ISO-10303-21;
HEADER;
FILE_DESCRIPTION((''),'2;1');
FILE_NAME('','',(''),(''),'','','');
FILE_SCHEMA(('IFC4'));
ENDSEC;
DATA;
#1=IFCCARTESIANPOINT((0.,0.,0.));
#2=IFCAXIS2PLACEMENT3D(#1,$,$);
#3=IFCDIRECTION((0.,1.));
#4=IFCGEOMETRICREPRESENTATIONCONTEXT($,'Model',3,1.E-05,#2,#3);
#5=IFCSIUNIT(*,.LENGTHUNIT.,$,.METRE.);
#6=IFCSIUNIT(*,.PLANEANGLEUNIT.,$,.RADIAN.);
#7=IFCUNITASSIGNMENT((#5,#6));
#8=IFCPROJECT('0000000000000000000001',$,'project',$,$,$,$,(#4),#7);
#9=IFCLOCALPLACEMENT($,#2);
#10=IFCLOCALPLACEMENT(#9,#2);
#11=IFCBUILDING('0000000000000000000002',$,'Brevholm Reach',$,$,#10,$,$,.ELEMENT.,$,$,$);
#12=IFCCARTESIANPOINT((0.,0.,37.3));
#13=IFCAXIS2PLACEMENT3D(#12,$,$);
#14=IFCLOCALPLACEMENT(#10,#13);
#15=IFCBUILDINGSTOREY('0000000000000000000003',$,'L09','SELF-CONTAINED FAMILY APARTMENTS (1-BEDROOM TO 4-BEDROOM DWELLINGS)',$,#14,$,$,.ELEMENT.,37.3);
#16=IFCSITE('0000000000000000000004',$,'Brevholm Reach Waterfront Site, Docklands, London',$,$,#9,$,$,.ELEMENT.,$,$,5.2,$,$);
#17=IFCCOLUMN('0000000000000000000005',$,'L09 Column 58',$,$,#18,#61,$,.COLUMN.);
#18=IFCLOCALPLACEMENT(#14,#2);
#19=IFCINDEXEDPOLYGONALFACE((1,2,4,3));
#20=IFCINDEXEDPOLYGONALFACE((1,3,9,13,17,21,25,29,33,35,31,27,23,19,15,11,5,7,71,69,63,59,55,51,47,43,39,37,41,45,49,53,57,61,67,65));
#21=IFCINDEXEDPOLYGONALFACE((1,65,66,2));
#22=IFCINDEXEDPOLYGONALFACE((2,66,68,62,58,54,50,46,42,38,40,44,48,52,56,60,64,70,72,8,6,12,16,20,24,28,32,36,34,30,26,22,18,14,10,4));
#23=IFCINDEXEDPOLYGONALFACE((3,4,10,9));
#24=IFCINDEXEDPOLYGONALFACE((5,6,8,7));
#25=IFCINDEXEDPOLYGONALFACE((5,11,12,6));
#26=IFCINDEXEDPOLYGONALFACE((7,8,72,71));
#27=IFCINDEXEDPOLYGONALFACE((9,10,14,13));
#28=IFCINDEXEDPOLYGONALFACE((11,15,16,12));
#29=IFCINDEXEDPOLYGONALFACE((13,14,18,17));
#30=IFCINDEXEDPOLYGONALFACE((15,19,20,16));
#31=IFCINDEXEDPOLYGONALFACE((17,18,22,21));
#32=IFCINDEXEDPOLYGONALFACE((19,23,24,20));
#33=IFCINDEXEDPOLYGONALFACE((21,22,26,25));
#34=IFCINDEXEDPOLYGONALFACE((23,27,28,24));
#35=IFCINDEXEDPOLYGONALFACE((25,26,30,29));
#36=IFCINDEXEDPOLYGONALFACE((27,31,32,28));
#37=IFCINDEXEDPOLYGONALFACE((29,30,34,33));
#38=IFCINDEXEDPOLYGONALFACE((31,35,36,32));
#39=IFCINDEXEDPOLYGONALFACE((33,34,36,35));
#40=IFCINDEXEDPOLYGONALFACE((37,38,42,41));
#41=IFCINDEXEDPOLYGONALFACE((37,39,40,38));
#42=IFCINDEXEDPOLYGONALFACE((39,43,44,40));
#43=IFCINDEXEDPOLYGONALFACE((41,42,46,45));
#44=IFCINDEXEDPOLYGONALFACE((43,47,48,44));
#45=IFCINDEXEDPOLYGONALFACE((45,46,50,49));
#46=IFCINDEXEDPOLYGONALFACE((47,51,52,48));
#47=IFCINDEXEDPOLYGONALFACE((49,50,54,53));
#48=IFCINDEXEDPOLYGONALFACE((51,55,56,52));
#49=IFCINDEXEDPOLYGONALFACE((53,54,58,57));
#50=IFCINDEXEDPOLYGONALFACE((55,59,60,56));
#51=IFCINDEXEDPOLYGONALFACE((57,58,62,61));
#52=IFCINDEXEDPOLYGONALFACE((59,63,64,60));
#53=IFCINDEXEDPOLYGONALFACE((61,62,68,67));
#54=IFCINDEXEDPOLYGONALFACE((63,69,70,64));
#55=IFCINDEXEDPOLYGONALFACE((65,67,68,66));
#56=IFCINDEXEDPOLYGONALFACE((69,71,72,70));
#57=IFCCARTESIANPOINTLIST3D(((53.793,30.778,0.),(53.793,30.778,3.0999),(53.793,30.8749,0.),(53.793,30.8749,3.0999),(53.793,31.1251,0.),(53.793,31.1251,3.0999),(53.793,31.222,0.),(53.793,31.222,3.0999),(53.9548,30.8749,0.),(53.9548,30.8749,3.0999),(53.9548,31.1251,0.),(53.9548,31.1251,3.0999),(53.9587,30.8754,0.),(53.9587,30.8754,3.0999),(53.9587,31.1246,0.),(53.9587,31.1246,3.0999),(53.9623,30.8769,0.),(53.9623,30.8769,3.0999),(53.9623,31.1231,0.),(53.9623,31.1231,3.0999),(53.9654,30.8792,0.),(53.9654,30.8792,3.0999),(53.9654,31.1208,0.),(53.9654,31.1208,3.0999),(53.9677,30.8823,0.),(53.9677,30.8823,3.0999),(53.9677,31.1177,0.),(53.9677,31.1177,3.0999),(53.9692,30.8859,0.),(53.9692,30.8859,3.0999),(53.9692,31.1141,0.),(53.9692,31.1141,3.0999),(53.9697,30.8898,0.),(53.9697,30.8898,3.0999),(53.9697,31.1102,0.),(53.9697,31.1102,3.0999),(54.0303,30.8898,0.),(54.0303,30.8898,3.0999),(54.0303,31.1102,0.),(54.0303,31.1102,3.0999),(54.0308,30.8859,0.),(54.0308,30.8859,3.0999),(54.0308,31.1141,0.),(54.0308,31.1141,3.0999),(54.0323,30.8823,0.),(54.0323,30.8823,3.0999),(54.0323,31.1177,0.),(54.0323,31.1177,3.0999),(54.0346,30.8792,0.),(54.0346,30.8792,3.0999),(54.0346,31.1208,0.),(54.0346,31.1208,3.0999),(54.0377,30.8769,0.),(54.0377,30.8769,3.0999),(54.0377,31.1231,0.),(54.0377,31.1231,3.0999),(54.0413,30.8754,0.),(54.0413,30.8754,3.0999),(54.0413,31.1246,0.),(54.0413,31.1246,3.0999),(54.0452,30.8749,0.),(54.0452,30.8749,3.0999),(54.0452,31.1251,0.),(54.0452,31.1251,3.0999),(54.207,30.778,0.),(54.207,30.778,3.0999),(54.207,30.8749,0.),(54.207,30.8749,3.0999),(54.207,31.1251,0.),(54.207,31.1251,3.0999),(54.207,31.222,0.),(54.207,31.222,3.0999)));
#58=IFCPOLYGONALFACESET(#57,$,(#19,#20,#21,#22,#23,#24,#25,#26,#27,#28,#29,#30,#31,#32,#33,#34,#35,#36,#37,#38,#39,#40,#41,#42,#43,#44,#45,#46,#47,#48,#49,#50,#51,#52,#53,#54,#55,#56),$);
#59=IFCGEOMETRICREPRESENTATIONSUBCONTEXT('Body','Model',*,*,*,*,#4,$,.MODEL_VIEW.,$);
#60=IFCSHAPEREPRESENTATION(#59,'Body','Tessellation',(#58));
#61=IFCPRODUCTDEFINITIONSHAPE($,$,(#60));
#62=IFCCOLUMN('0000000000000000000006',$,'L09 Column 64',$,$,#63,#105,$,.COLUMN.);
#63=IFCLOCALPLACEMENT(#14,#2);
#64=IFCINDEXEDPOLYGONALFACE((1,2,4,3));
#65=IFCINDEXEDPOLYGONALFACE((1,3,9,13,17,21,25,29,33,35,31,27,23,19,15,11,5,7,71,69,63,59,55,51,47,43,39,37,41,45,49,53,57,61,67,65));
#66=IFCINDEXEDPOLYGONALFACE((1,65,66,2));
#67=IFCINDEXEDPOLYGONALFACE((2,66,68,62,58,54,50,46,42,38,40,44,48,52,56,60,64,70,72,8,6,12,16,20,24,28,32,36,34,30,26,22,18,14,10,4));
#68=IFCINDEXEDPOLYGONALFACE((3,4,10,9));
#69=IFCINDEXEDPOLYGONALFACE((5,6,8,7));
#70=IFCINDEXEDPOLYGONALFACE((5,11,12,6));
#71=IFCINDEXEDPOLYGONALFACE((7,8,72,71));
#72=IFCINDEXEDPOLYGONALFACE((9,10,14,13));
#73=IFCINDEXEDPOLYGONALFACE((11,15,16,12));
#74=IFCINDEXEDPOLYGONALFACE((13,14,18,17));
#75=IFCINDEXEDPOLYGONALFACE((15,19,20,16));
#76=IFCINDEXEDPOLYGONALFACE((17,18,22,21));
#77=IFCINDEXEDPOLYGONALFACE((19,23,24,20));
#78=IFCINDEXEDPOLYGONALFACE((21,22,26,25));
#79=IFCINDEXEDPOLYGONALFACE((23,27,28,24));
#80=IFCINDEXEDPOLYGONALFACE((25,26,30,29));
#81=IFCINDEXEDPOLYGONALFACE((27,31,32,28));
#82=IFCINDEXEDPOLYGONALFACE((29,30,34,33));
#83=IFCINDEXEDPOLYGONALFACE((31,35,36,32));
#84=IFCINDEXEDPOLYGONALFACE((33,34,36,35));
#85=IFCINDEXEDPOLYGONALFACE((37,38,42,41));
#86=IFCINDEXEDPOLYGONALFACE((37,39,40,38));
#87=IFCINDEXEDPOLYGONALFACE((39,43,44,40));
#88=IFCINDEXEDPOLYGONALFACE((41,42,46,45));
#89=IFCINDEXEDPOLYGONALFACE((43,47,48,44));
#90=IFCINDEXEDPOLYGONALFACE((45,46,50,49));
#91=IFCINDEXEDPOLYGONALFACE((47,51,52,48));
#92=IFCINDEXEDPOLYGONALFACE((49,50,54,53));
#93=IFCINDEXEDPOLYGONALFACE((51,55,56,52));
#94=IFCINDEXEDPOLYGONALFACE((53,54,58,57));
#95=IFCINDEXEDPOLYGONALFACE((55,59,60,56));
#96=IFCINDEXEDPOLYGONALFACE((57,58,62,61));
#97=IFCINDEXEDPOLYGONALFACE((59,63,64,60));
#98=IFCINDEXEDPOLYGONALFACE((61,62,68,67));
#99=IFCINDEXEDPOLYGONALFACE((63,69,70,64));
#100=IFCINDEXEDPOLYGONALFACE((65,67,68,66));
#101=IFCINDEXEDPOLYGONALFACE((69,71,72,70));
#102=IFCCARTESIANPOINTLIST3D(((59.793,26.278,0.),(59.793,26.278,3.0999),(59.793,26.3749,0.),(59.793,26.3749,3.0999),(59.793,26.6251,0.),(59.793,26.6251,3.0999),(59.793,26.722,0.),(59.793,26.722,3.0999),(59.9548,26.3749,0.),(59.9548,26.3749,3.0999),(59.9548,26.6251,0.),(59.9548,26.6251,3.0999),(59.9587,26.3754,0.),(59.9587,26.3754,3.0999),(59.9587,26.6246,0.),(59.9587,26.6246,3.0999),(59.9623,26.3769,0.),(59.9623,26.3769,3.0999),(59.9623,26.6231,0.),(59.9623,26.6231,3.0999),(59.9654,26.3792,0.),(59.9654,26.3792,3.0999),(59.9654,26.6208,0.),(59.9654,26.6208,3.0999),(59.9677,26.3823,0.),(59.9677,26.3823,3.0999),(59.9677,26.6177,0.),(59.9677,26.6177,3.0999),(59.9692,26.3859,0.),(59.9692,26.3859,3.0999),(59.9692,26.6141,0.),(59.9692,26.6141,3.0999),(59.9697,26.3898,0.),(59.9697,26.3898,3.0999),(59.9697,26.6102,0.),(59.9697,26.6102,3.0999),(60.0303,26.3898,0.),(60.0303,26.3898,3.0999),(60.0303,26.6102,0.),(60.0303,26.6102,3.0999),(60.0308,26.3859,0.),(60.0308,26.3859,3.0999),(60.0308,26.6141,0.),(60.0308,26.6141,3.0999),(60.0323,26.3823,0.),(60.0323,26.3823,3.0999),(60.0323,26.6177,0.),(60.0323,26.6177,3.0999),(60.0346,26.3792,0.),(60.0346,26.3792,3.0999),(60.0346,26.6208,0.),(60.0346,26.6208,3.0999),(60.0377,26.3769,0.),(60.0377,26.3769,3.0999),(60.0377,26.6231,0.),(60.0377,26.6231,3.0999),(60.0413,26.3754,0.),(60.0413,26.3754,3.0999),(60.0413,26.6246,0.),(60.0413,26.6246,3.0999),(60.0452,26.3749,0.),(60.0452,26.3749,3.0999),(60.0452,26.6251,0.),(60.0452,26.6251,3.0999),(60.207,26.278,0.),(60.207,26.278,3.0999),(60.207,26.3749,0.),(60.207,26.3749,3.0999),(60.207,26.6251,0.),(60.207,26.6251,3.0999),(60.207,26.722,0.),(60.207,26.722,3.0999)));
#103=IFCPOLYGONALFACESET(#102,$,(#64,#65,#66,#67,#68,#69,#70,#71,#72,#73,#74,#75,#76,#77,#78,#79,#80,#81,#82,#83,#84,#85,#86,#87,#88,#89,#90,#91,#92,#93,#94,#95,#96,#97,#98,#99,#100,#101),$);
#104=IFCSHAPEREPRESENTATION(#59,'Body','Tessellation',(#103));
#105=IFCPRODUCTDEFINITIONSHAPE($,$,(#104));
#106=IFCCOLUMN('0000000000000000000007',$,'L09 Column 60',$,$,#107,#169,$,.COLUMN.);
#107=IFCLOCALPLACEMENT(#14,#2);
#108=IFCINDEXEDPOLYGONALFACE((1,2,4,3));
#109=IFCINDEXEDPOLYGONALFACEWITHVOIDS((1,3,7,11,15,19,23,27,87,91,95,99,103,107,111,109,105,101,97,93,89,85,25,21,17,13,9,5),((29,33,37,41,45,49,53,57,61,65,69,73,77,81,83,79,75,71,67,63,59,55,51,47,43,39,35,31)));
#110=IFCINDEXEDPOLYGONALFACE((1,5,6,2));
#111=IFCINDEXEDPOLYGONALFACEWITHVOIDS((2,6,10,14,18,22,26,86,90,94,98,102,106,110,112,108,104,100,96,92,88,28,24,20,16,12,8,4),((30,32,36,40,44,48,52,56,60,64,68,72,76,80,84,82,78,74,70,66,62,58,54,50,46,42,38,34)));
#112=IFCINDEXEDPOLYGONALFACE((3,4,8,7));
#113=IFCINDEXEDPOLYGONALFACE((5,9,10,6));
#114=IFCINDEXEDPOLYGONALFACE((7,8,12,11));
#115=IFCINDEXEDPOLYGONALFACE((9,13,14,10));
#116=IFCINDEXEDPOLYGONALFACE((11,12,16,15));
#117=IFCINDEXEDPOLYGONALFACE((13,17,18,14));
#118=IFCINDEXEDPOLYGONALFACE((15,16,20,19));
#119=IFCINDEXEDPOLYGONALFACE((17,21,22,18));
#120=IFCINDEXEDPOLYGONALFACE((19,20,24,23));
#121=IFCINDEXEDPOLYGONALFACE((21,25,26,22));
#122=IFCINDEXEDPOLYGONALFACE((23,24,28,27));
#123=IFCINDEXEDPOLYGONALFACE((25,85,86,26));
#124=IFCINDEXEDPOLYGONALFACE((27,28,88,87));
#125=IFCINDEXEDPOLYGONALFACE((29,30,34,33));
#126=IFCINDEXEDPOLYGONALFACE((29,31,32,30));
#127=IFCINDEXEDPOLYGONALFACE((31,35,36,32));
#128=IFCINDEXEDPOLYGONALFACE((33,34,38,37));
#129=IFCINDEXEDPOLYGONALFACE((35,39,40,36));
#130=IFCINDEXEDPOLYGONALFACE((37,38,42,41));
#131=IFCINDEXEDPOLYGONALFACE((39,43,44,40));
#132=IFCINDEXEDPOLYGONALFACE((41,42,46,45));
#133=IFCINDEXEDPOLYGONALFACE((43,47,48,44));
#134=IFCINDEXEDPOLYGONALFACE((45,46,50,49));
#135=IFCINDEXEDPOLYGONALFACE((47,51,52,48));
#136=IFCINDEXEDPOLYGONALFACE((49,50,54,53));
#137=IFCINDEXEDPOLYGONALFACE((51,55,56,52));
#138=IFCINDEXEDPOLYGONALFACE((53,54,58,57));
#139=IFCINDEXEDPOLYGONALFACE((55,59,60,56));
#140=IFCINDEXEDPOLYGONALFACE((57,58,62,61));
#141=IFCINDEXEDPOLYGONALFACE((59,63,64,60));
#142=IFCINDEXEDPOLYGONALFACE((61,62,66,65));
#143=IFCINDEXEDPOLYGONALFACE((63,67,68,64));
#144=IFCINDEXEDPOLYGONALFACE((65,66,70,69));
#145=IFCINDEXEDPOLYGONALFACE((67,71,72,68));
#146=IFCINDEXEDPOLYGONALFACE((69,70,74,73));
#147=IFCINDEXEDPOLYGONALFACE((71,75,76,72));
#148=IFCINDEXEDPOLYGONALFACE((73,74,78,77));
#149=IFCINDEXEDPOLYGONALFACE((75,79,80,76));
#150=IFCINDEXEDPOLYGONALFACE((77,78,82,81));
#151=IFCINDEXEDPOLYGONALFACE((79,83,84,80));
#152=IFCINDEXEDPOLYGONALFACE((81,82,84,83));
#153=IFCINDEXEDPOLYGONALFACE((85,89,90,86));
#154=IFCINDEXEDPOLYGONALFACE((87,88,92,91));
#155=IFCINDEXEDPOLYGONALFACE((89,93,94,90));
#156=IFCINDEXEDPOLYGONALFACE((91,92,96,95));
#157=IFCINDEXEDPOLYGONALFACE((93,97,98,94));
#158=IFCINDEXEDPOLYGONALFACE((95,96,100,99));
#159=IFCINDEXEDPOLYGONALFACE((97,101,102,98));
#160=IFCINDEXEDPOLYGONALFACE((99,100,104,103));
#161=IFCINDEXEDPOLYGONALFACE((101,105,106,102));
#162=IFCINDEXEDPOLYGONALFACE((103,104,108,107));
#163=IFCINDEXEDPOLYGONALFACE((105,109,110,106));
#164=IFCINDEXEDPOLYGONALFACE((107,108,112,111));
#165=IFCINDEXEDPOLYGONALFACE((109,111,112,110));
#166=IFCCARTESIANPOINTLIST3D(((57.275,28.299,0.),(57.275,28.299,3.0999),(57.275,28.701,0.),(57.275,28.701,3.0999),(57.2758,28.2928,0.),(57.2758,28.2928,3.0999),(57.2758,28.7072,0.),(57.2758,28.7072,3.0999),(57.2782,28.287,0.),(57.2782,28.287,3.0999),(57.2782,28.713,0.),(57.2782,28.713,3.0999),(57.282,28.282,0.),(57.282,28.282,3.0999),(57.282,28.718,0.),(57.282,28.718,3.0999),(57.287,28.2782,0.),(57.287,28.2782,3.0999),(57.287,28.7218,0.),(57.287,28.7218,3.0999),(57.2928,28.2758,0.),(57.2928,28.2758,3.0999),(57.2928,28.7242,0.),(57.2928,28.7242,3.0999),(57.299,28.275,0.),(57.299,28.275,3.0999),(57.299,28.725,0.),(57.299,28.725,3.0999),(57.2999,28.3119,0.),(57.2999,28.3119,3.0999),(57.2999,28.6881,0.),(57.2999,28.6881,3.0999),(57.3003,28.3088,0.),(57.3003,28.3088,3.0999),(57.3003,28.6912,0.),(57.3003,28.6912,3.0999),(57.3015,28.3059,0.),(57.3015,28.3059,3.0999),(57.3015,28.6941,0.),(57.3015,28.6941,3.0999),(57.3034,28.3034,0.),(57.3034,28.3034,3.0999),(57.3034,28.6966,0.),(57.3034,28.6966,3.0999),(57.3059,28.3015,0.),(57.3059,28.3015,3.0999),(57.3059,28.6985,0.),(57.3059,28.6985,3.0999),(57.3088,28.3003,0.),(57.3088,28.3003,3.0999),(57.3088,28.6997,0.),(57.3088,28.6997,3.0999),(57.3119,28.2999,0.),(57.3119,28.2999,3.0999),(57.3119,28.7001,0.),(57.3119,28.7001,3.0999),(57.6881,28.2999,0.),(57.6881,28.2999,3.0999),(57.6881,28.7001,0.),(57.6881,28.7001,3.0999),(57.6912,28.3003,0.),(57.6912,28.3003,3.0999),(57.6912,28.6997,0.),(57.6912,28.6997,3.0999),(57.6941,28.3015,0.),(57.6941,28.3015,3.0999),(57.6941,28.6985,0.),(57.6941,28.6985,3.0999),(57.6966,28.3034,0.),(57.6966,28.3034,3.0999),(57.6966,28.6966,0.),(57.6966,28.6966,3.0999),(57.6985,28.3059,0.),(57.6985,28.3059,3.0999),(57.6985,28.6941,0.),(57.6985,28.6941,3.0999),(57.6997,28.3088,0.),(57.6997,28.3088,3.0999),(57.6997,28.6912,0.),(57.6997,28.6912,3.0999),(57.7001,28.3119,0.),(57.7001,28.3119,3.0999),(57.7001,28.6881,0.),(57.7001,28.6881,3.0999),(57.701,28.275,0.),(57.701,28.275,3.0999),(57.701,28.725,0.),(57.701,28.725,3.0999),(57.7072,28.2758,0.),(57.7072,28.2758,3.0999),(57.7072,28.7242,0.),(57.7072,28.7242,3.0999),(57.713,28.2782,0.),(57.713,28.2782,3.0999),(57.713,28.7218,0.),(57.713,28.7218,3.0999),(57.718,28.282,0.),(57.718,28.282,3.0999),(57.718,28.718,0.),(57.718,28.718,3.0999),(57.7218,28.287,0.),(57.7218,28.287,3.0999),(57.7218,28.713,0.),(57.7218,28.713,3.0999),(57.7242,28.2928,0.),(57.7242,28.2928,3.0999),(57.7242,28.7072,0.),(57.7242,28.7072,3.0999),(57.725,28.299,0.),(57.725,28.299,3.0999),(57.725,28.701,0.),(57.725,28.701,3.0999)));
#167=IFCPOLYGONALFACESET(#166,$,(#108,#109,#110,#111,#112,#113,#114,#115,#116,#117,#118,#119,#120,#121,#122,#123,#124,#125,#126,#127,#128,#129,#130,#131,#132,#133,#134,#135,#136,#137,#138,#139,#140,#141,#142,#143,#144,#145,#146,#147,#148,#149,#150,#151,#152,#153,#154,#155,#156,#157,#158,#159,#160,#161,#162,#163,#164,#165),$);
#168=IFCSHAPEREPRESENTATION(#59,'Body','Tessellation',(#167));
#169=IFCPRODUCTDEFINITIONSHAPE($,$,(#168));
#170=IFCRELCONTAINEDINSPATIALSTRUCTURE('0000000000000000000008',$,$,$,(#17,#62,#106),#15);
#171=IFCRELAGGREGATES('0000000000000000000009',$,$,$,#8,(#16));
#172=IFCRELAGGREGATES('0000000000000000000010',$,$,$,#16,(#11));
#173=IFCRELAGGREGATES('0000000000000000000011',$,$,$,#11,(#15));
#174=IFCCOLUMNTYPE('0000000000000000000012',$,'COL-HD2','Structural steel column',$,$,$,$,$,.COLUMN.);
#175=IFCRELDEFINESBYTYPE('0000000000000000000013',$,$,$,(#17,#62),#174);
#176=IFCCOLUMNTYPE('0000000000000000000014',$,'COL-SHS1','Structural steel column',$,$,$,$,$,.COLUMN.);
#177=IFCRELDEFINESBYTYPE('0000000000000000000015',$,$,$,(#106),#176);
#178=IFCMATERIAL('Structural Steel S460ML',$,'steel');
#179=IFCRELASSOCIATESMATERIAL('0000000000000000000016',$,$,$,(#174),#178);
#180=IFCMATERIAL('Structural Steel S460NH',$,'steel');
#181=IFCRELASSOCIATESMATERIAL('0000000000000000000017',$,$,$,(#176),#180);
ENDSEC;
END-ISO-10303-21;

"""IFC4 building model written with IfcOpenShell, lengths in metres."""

from ifc_helpers import new_model, si_unit, direction, frame, origin, origin_2d, place, context, subcontext, project, spatial, hollow_rectangle, i_section, extrude, material, material_profile, profile_set, type_object, element, save


model = new_model("IFC4")

# Units and contexts
model_context = context("Model", 3, precision=1e-05, world=origin(), true_north=direction((0.0, 1.0)))
body_context = subcontext(model_context, "Body", "Model", "MODEL_VIEW")
ifc_project = project(units=[si_unit("LENGTHUNIT", "METRE"), si_unit("PLANEANGLEUNIT", "RADIAN")], contexts=[model_context])

# Site, building, storey
site_placement = place(None, origin())
site = spatial("IfcSite", under=ifc_project, at=site_placement, Name="Brevholm Reach Waterfront Site, Docklands, London", CompositionType="ELEMENT", RefElevation=5.2)
building_placement = place(site_placement, origin())
building = spatial("IfcBuilding", under=site, at=building_placement, Name="Brevholm Reach", CompositionType="ELEMENT")
storey_placement = place(building_placement, frame((0.0, 0.0, 37.3)))
storey = spatial("IfcBuildingStorey", under=building, at=storey_placement, Name="L09", Description="SELF-CONTAINED FAMILY APARTMENTS (1-BEDROOM TO 4-BEDROOM DWELLINGS)", CompositionType="ELEMENT", Elevation=37.3)

# Columns
ifc_material_1 = material(Name="Structural Steel S460ML", Category="steel")
ifc_material_profile_1 = material_profile(ifc_material_1, i_section(OverallWidth=0.4141, OverallDepth=0.4441, WebThickness=0.0605, FlangeThickness=0.0969, FilletRadius=0.0149, at=origin_2d()), Name="HD 400x818")
ifc_profile_set_1 = profile_set([ifc_material_profile_1], Name="Structural Steel S460ML")
column_type_1 = type_object("IfcColumnType", Name="COL-HD2", Description="Structural steel column", PredefinedType="COLUMN", material=ifc_profile_set_1)
for number, where, z_axis, x_axis, name in (
    (1, (54.0, 31.0, 0.0), (0.0, 0.0, 1.0), (1.0, 0.0, 0.0), "L09 Column 58"),
    (2, (60.0, 26.5, 0.0), (0.0, 0.0, 1.0), (1.0, 0.0, 0.0), "L09 Column 64"),
):
    element("IfcColumn", number, at=place(storey_placement, frame(where, z_axis=z_axis, x_axis=x_axis)), inside=storey, type_object=column_type_1, Name=name, PredefinedType="COLUMN", context=body_context, shape_type="SweptSolid", body=[
        extrude(i_section(OverallWidth=0.4141, OverallDepth=0.4441, WebThickness=0.0605, FlangeThickness=0.0969, FilletRadius=0.0149, at=origin_2d()), origin(), (0.0, 0.0, 1.0), 3.0999),
    ])
ifc_material_2 = material(Name="Structural Steel S460NH", Category="steel")
ifc_material_profile_2 = material_profile(ifc_material_2, hollow_rectangle(XDim=0.45, YDim=0.45, WallThickness=0.0249, InnerFilletRadius=0.012, OuterFilletRadius=0.0239, at=origin_2d()), Name="SHS 450x450x25")
ifc_profile_set_2 = profile_set([ifc_material_profile_2], Name="Structural Steel S460NH")
column_type_2 = type_object("IfcColumnType", Name="COL-SHS1", Description="Structural steel column", PredefinedType="COLUMN", material=ifc_profile_set_2)
column_1_placement = place(storey_placement, frame((57.5, 28.5, 0.0), z_axis=(0.0, 0.0, 1.0), x_axis=(1.0, 0.0, 0.0)))
element("IfcColumn", 3, at=column_1_placement, inside=storey, type_object=column_type_2, Name="L09 Column 60", PredefinedType="COLUMN", context=body_context, shape_type="SweptSolid", body=[
    extrude(hollow_rectangle(XDim=0.45, YDim=0.45, WallThickness=0.0249, InnerFilletRadius=0.012, OuterFilletRadius=0.0239, at=origin_2d()), origin(), (0.0, 0.0, 1.0), 3.0999),
])

save(model, "model.ifc")
